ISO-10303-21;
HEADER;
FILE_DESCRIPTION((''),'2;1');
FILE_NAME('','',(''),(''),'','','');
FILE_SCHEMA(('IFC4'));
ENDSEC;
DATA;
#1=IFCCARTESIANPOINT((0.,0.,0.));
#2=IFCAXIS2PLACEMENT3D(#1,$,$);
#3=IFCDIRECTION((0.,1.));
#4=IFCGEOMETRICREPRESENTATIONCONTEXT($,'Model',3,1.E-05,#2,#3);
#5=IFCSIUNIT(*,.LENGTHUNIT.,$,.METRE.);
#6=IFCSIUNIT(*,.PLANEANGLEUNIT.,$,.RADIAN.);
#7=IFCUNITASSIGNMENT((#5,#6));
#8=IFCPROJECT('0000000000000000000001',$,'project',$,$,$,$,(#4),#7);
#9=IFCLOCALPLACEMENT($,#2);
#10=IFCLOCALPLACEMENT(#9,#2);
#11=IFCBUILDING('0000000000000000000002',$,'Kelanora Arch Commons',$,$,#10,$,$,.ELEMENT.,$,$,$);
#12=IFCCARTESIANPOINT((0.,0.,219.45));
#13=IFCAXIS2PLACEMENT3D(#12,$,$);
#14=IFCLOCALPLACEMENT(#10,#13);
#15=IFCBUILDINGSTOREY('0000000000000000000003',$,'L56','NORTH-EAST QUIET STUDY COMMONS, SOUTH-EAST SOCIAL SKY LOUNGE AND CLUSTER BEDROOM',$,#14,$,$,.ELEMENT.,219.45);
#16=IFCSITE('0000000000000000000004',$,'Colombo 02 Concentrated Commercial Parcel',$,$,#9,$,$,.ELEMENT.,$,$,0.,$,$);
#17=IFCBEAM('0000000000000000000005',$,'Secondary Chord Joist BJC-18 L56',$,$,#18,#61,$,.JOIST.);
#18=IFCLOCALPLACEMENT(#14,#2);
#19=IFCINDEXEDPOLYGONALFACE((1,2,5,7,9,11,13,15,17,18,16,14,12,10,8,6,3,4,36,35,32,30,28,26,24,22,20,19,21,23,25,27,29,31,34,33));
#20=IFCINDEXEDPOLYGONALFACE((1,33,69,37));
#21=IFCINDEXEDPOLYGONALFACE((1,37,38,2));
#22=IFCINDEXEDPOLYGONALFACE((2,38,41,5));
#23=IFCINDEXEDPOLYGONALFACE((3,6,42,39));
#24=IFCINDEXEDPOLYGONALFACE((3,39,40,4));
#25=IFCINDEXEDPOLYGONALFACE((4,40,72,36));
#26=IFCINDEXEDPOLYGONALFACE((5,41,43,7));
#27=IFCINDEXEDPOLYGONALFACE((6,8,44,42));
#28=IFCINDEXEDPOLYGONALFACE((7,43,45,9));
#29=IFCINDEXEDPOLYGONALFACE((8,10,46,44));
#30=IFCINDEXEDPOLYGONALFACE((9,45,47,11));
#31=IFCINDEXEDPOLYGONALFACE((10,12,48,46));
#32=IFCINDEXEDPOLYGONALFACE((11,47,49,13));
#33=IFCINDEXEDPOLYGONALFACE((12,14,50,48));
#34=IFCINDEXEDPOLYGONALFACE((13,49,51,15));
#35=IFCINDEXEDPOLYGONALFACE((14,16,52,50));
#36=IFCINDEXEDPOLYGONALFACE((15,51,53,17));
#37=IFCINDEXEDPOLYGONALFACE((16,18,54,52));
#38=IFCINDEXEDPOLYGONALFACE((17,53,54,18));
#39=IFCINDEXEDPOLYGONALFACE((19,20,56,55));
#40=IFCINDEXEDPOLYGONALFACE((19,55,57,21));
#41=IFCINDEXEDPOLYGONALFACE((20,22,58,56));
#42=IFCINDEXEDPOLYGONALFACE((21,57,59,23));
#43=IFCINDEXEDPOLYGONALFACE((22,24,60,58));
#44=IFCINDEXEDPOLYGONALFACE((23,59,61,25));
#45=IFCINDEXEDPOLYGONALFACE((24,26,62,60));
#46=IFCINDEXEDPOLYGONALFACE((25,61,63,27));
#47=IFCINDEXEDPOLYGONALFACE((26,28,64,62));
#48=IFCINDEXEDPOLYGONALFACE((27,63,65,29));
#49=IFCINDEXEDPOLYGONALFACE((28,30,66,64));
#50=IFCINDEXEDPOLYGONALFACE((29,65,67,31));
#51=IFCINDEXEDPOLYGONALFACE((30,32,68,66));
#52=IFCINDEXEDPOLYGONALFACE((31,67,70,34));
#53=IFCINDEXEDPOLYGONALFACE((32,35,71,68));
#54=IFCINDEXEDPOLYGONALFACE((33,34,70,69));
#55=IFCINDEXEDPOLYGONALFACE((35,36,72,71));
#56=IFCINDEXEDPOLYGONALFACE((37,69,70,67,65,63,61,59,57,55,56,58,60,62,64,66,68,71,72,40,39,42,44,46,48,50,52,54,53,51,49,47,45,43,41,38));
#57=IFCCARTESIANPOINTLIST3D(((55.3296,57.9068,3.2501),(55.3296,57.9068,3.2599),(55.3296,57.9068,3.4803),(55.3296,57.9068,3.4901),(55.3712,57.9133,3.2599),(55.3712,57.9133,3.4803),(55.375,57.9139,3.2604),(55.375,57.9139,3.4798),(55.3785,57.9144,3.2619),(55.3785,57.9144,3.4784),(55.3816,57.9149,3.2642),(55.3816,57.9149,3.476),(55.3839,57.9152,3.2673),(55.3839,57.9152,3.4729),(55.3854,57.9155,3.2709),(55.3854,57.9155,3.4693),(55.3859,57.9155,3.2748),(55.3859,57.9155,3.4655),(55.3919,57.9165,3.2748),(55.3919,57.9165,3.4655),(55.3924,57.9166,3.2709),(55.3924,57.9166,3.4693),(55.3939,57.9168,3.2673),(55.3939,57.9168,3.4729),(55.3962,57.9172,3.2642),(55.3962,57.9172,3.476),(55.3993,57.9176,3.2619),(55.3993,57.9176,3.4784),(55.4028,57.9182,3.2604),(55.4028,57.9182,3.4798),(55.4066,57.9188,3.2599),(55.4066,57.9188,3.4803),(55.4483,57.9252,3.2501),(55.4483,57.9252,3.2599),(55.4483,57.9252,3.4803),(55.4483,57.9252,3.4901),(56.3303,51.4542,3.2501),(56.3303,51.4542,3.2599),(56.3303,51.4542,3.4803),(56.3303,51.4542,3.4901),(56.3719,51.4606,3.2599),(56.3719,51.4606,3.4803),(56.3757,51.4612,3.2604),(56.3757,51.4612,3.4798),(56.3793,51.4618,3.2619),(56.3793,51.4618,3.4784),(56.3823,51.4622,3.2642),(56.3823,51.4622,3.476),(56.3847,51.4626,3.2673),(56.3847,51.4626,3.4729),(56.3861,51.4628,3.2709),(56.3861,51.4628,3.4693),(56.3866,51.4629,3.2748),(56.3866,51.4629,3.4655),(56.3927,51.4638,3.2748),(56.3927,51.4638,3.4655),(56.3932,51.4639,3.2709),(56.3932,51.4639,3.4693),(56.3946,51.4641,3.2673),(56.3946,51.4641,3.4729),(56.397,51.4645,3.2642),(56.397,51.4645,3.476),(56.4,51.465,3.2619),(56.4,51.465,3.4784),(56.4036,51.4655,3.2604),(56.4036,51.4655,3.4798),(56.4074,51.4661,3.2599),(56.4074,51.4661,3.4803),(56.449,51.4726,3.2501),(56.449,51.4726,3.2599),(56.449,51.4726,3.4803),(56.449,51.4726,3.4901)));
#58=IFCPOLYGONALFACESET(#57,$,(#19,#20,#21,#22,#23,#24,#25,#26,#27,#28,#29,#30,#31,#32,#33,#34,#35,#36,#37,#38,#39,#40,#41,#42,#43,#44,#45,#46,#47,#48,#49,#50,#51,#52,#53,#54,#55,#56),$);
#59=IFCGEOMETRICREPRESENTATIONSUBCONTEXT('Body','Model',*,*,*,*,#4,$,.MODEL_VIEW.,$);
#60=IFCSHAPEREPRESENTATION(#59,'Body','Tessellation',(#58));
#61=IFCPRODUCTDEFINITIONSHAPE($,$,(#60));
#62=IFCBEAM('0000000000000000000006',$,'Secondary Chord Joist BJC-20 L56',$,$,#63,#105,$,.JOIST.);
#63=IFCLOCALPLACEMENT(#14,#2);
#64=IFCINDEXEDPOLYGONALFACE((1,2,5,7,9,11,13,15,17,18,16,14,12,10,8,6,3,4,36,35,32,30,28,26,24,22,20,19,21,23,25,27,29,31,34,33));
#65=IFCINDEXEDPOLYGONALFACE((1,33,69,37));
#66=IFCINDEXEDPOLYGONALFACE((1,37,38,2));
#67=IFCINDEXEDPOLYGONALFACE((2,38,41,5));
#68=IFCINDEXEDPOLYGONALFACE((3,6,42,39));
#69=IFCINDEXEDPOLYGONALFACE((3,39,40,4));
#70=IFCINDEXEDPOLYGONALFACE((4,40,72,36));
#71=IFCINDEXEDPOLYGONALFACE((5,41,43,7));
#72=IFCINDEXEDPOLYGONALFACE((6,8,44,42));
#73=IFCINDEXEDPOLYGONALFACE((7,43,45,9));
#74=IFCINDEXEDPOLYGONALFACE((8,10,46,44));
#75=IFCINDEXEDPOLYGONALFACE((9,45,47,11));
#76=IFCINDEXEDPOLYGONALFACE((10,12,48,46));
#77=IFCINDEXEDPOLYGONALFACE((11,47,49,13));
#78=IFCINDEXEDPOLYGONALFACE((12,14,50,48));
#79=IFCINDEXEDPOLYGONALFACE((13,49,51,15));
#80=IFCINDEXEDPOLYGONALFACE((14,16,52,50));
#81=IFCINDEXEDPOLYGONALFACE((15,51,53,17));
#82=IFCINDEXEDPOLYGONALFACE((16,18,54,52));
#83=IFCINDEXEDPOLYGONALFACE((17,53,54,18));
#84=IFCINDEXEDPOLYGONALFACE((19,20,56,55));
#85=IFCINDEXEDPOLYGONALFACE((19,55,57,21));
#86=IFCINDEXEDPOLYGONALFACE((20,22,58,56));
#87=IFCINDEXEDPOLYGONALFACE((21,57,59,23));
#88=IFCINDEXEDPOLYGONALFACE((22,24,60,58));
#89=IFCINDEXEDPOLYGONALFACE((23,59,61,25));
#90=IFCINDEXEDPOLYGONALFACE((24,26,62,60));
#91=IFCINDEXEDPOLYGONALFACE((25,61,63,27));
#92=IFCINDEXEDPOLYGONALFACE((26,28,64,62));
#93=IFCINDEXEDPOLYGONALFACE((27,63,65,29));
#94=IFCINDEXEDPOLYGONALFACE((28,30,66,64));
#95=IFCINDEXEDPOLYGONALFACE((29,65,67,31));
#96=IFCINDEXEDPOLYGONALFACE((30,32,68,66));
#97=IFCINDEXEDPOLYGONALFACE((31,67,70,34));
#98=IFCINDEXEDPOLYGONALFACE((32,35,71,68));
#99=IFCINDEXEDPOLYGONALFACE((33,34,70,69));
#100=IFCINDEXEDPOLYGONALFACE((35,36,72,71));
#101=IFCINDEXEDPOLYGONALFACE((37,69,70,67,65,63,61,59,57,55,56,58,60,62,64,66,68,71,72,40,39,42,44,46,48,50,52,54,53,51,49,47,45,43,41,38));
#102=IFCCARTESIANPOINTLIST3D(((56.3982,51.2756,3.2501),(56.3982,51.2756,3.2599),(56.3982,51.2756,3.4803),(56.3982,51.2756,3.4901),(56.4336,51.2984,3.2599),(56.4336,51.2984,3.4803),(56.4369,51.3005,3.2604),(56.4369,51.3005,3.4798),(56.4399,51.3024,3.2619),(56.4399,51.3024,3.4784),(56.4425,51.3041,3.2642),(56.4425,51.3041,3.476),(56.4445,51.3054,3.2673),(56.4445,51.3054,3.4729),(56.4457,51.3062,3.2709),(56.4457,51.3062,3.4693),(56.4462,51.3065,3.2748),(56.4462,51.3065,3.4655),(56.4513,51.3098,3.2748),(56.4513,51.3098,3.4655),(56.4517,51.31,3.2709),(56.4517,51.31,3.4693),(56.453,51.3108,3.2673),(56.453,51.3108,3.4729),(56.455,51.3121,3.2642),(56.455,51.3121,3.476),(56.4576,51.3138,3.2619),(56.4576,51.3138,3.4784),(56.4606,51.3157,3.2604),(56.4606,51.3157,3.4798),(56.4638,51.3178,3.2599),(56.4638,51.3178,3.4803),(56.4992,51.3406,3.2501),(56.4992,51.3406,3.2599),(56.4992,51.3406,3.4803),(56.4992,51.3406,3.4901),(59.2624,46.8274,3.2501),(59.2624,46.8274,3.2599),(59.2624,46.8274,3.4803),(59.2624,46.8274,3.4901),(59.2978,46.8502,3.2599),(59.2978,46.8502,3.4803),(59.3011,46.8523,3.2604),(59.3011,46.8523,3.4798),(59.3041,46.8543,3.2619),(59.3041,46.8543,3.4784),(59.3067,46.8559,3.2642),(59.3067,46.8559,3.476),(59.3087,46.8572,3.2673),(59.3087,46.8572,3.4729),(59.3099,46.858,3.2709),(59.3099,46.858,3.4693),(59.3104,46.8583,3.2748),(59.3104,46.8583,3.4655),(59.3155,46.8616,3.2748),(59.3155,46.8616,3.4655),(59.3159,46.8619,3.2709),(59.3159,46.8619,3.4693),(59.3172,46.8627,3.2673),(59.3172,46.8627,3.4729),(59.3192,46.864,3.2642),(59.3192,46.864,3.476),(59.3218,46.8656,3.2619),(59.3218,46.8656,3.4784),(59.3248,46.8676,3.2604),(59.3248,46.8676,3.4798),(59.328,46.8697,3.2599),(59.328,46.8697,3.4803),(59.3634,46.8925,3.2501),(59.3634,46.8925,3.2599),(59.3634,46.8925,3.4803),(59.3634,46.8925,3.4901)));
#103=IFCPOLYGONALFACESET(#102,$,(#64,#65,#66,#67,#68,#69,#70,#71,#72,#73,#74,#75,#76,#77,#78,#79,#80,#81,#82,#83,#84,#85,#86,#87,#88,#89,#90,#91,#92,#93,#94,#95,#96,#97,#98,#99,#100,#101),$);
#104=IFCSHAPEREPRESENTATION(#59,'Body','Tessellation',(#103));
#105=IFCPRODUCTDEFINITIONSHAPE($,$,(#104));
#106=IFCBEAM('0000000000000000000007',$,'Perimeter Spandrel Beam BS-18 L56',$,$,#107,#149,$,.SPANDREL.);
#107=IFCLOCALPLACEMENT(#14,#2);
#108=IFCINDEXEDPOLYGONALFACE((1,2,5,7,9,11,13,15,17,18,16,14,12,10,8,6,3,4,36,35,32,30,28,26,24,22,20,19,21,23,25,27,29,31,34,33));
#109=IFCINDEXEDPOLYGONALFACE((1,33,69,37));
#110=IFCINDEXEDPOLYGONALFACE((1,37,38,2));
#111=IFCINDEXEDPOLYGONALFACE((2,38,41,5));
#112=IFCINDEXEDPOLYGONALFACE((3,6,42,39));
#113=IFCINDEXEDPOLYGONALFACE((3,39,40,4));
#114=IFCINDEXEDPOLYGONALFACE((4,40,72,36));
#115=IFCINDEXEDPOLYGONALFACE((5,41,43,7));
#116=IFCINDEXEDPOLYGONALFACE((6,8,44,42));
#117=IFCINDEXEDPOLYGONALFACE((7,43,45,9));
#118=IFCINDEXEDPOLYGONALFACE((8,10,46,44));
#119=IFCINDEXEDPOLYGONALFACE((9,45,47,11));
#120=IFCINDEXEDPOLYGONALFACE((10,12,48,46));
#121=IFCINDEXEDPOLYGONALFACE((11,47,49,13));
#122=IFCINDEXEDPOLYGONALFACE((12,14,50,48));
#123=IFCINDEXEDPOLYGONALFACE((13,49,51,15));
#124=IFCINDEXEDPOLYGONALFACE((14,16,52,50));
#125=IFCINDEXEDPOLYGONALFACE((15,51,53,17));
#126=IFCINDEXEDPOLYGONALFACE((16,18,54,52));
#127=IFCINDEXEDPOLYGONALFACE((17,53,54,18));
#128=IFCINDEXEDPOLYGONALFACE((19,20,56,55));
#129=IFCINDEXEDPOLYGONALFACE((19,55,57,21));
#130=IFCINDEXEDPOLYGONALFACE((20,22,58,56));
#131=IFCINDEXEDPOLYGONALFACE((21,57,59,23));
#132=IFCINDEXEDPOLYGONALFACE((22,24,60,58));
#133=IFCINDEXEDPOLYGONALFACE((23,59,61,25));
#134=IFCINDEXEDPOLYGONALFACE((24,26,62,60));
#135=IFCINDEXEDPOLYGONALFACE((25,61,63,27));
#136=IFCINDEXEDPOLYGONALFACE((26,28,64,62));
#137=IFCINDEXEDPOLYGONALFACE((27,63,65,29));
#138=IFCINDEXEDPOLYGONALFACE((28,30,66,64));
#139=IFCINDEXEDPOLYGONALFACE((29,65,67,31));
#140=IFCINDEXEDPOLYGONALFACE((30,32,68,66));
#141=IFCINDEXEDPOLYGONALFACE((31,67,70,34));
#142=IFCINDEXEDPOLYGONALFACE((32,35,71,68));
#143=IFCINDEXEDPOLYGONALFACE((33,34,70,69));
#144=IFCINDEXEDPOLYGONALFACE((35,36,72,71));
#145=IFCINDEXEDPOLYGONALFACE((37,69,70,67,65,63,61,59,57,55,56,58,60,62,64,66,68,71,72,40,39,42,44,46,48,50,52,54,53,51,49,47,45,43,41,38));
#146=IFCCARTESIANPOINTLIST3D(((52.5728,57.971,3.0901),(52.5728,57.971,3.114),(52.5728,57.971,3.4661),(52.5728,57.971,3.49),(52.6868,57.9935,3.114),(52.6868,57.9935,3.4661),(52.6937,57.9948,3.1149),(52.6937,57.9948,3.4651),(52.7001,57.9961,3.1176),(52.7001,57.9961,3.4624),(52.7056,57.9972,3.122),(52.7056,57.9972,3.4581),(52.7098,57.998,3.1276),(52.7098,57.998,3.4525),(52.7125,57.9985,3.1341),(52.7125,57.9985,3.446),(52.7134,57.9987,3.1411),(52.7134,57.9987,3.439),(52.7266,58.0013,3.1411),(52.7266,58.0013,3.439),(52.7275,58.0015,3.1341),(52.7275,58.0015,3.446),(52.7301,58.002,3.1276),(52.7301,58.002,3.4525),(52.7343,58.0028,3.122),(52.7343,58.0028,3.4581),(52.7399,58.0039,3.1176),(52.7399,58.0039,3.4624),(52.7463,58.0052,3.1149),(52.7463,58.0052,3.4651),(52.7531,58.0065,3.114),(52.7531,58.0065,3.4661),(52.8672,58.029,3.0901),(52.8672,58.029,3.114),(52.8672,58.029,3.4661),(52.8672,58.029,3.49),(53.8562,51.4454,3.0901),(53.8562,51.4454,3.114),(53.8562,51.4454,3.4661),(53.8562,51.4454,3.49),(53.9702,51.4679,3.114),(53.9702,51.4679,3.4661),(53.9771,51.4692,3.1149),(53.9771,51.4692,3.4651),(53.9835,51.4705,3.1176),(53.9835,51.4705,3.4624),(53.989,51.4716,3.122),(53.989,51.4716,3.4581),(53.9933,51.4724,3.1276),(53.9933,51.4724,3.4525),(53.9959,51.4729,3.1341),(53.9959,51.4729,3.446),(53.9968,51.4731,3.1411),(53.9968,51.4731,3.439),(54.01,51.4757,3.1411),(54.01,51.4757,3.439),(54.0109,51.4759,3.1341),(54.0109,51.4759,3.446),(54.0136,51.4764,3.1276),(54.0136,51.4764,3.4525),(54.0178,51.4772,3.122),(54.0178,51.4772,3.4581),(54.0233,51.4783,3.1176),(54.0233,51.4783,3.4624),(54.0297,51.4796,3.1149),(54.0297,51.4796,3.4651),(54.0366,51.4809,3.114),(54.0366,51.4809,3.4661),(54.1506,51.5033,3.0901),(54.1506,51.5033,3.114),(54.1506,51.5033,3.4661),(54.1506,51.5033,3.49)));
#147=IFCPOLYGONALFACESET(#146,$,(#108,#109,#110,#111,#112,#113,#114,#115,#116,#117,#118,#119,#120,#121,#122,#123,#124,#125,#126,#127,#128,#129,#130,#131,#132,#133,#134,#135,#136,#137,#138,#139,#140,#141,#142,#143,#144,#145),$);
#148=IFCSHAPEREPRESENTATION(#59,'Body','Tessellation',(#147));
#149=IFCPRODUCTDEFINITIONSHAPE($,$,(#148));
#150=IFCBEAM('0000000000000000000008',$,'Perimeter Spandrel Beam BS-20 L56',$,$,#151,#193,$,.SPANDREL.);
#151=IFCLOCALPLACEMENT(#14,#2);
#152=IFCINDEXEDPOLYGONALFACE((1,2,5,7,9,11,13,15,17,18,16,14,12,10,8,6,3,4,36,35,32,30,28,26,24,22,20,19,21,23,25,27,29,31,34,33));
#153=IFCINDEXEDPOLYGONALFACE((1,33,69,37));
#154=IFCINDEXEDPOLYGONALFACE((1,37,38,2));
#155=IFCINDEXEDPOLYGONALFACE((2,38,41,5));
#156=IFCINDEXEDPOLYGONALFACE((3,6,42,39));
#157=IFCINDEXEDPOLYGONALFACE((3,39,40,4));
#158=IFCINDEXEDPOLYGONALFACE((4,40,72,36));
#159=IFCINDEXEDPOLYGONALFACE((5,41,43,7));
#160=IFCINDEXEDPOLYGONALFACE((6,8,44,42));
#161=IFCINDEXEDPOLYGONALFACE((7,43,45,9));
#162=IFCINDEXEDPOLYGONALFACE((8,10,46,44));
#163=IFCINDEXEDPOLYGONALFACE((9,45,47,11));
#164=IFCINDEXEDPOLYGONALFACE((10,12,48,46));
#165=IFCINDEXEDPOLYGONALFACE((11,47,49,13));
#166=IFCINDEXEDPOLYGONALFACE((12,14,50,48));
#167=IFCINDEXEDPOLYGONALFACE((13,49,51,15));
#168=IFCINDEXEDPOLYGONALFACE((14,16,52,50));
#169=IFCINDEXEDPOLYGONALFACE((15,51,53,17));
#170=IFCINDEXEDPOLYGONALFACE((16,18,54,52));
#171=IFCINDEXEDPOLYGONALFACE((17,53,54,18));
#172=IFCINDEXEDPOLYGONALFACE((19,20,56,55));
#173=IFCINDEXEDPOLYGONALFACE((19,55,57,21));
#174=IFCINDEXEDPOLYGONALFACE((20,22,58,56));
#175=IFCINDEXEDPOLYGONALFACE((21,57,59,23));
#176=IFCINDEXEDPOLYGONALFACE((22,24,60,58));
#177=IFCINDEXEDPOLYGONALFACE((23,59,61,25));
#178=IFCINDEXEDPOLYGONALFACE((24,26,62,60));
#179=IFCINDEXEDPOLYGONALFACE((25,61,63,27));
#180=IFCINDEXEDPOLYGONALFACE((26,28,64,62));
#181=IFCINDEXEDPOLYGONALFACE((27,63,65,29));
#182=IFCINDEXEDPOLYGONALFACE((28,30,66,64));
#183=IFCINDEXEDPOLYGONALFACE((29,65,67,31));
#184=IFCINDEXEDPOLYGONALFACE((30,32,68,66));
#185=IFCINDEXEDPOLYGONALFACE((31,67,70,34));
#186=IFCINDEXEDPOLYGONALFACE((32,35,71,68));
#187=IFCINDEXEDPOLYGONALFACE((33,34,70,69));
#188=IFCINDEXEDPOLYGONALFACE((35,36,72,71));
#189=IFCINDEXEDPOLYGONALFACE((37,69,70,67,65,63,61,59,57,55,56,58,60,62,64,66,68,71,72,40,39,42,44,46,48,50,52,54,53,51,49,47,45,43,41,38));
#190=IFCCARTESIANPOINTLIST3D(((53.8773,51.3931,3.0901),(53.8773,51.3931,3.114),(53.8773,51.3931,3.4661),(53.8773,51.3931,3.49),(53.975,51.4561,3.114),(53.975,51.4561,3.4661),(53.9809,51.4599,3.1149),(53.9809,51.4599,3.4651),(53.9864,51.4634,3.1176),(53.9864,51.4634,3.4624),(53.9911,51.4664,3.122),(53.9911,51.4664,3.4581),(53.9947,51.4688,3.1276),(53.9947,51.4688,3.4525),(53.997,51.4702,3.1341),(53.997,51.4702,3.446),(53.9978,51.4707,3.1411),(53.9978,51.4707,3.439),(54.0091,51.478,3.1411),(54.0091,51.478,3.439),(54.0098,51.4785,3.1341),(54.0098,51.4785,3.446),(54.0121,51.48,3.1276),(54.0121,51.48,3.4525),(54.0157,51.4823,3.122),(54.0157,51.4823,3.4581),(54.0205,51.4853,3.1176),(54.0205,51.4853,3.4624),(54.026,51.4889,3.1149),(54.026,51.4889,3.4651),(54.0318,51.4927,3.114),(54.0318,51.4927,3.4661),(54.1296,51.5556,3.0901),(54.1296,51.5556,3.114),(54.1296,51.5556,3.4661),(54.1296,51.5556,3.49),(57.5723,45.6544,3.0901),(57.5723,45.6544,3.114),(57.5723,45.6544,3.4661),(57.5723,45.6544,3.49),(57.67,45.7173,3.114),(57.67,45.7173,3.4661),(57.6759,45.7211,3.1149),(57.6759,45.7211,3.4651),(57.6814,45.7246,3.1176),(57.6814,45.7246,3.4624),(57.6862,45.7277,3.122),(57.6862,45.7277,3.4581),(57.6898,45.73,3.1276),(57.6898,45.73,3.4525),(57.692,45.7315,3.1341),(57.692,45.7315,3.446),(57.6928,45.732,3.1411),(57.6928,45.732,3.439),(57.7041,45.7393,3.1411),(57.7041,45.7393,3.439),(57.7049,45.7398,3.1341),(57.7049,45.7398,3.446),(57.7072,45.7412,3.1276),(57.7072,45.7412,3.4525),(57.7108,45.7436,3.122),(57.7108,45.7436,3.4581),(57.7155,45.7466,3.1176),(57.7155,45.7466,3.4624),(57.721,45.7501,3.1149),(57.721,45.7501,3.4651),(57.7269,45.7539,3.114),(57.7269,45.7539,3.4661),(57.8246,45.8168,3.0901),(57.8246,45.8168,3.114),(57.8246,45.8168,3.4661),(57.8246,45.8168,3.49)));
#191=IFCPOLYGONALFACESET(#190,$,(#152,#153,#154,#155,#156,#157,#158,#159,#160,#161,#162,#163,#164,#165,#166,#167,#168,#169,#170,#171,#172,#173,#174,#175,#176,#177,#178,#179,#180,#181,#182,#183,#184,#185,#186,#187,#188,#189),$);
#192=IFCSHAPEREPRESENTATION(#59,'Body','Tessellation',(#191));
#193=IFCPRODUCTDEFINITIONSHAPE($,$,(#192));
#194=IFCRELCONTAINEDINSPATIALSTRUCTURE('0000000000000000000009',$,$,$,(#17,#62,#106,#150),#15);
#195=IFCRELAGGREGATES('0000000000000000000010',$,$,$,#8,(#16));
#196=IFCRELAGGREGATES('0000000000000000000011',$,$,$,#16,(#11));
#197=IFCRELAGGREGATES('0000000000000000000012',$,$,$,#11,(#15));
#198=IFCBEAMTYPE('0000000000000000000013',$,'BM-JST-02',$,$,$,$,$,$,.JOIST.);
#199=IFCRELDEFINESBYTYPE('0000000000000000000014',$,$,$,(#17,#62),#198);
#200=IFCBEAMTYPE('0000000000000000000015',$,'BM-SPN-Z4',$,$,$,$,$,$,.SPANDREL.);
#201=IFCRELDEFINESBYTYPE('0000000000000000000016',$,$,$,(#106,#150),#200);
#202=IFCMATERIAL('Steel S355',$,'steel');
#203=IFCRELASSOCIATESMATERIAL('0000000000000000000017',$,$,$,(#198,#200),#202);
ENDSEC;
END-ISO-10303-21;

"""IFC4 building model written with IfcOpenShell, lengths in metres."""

from ifc_helpers import new_model, si_unit, direction, frame, origin, origin_2d, place, context, subcontext, project, spatial, i_section, extrude, material, material_profile, profile_set, type_object, element, save


model = new_model("IFC4")

# Units and contexts
model_context = context("Model", 3, precision=1e-05, world=origin(), true_north=direction((0.0, 1.0)))
body_context = subcontext(model_context, "Body", "Model", "MODEL_VIEW")
ifc_project = project(units=[si_unit("LENGTHUNIT", "METRE"), si_unit("PLANEANGLEUNIT", "RADIAN")], contexts=[model_context])

# Site, building, storey
site_placement = place(None, origin())
site = spatial("IfcSite", under=ifc_project, at=site_placement, Name="Colombo 02 Concentrated Commercial Parcel", CompositionType="ELEMENT", RefElevation=0.0)
building_placement = place(site_placement, origin())
building = spatial("IfcBuilding", under=site, at=building_placement, Name="Kelanora Arch Commons", CompositionType="ELEMENT")
storey_placement = place(building_placement, frame((0.0, 0.0, 219.45)))
storey = spatial("IfcBuildingStorey", under=building, at=storey_placement, Name="L56", Description="NORTH-EAST QUIET STUDY COMMONS, SOUTH-EAST SOCIAL SKY LOUNGE AND CLUSTER BEDROOM", CompositionType="ELEMENT", Elevation=219.45)

# Beams
ifc_material_1 = material(Name="Steel S355", Category="steel")
ifc_material_profile_1 = material_profile(ifc_material_1, i_section(OverallWidth=0.1201, OverallDepth=0.24, WebThickness=0.0061, FlangeThickness=0.0098, FilletRadius=0.0149, at=origin_2d()), Name="IPE240")
ifc_profile_set_1 = profile_set([ifc_material_profile_1], Name="Steel S355")
beam_type_1 = type_object("IfcBeamType", Name="BM-JST-02", PredefinedType="JOIST", material=ifc_profile_set_1)
beam_1_placement = place(storey_placement, frame((55.3889, 57.916, 3.3701), z_axis=(0.153257, -0.988186, 0.0), x_axis=(0.988186, 0.153257, 0.0)))
element("IfcBeam", 1, at=beam_1_placement, inside=storey, type_object=beam_type_1, Name="Secondary Chord Joist BJC-18 L56", PredefinedType="JOIST", context=body_context, shape_type="SweptSolid", body=[
    extrude(i_section(OverallWidth=0.1201, OverallDepth=0.24, WebThickness=0.0061, FlangeThickness=0.0098, FilletRadius=0.0149, at=origin_2d()), origin(), (0.0, 0.0, 1.0), 6.5298),
])
beam_2_placement = place(storey_placement, frame((56.4487, 51.3081, 3.3701), z_axis=(0.541382, -0.840776, 0.0), x_axis=(0.840776, 0.541382, 0.0)))
element("IfcBeam", 2, at=beam_2_placement, inside=storey, type_object=beam_type_1, Name="Secondary Chord Joist BJC-20 L56", PredefinedType="JOIST", context=body_context, shape_type="SweptSolid", body=[
    extrude(i_section(OverallWidth=0.1201, OverallDepth=0.24, WebThickness=0.0061, FlangeThickness=0.0098, FilletRadius=0.0149, at=origin_2d()), origin(), (0.0, 0.0, 1.0), 5.2905),
])
ifc_material_profile_2 = material_profile(ifc_material_1, i_section(OverallWidth=0.3, OverallDepth=0.3999, WebThickness=0.0134, FlangeThickness=0.0239, FilletRadius=0.0271, at=origin_2d()), Name="HEB400")
ifc_profile_set_2 = profile_set([ifc_material_profile_2], Name="Steel S355")
beam_type_2 = type_object("IfcBeamType", Name="BM-SPN-Z4", PredefinedType="SPANDREL", material=ifc_profile_set_2)
beam_3_placement = place(storey_placement, frame((52.72, 58.0, 3.29), z_axis=(0.192981, -0.981203, 0.0), x_axis=(0.981203, 0.192981, 0.0)))
element("IfcBeam", 3, at=beam_3_placement, inside=storey, type_object=beam_type_2, Name="Perimeter Spandrel Beam BS-18 L56", PredefinedType="SPANDREL", context=body_context, shape_type="SweptSolid", body=[
    extrude(i_section(OverallWidth=0.3, OverallDepth=0.3999, WebThickness=0.0134, FlangeThickness=0.0239, FilletRadius=0.0271, at=origin_2d()), origin(), (0.0, 0.0, 1.0), 6.6506),
])
beam_4_placement = place(storey_placement, frame((54.0034, 51.4744, 3.29), z_axis=(0.541365, -0.840788, 0.0), x_axis=(0.840788, 0.541365, 0.0)))
element("IfcBeam", 4, at=beam_4_placement, inside=storey, type_object=beam_type_2, Name="Perimeter Spandrel Beam BS-20 L56", PredefinedType="SPANDREL", context=body_context, shape_type="SweptSolid", body=[
    extrude(i_section(OverallWidth=0.3, OverallDepth=0.3999, WebThickness=0.0134, FlangeThickness=0.0239, FilletRadius=0.0271, at=origin_2d()), origin(), (0.0, 0.0, 1.0), 6.8254),
])

save(model, "model.ifc")
